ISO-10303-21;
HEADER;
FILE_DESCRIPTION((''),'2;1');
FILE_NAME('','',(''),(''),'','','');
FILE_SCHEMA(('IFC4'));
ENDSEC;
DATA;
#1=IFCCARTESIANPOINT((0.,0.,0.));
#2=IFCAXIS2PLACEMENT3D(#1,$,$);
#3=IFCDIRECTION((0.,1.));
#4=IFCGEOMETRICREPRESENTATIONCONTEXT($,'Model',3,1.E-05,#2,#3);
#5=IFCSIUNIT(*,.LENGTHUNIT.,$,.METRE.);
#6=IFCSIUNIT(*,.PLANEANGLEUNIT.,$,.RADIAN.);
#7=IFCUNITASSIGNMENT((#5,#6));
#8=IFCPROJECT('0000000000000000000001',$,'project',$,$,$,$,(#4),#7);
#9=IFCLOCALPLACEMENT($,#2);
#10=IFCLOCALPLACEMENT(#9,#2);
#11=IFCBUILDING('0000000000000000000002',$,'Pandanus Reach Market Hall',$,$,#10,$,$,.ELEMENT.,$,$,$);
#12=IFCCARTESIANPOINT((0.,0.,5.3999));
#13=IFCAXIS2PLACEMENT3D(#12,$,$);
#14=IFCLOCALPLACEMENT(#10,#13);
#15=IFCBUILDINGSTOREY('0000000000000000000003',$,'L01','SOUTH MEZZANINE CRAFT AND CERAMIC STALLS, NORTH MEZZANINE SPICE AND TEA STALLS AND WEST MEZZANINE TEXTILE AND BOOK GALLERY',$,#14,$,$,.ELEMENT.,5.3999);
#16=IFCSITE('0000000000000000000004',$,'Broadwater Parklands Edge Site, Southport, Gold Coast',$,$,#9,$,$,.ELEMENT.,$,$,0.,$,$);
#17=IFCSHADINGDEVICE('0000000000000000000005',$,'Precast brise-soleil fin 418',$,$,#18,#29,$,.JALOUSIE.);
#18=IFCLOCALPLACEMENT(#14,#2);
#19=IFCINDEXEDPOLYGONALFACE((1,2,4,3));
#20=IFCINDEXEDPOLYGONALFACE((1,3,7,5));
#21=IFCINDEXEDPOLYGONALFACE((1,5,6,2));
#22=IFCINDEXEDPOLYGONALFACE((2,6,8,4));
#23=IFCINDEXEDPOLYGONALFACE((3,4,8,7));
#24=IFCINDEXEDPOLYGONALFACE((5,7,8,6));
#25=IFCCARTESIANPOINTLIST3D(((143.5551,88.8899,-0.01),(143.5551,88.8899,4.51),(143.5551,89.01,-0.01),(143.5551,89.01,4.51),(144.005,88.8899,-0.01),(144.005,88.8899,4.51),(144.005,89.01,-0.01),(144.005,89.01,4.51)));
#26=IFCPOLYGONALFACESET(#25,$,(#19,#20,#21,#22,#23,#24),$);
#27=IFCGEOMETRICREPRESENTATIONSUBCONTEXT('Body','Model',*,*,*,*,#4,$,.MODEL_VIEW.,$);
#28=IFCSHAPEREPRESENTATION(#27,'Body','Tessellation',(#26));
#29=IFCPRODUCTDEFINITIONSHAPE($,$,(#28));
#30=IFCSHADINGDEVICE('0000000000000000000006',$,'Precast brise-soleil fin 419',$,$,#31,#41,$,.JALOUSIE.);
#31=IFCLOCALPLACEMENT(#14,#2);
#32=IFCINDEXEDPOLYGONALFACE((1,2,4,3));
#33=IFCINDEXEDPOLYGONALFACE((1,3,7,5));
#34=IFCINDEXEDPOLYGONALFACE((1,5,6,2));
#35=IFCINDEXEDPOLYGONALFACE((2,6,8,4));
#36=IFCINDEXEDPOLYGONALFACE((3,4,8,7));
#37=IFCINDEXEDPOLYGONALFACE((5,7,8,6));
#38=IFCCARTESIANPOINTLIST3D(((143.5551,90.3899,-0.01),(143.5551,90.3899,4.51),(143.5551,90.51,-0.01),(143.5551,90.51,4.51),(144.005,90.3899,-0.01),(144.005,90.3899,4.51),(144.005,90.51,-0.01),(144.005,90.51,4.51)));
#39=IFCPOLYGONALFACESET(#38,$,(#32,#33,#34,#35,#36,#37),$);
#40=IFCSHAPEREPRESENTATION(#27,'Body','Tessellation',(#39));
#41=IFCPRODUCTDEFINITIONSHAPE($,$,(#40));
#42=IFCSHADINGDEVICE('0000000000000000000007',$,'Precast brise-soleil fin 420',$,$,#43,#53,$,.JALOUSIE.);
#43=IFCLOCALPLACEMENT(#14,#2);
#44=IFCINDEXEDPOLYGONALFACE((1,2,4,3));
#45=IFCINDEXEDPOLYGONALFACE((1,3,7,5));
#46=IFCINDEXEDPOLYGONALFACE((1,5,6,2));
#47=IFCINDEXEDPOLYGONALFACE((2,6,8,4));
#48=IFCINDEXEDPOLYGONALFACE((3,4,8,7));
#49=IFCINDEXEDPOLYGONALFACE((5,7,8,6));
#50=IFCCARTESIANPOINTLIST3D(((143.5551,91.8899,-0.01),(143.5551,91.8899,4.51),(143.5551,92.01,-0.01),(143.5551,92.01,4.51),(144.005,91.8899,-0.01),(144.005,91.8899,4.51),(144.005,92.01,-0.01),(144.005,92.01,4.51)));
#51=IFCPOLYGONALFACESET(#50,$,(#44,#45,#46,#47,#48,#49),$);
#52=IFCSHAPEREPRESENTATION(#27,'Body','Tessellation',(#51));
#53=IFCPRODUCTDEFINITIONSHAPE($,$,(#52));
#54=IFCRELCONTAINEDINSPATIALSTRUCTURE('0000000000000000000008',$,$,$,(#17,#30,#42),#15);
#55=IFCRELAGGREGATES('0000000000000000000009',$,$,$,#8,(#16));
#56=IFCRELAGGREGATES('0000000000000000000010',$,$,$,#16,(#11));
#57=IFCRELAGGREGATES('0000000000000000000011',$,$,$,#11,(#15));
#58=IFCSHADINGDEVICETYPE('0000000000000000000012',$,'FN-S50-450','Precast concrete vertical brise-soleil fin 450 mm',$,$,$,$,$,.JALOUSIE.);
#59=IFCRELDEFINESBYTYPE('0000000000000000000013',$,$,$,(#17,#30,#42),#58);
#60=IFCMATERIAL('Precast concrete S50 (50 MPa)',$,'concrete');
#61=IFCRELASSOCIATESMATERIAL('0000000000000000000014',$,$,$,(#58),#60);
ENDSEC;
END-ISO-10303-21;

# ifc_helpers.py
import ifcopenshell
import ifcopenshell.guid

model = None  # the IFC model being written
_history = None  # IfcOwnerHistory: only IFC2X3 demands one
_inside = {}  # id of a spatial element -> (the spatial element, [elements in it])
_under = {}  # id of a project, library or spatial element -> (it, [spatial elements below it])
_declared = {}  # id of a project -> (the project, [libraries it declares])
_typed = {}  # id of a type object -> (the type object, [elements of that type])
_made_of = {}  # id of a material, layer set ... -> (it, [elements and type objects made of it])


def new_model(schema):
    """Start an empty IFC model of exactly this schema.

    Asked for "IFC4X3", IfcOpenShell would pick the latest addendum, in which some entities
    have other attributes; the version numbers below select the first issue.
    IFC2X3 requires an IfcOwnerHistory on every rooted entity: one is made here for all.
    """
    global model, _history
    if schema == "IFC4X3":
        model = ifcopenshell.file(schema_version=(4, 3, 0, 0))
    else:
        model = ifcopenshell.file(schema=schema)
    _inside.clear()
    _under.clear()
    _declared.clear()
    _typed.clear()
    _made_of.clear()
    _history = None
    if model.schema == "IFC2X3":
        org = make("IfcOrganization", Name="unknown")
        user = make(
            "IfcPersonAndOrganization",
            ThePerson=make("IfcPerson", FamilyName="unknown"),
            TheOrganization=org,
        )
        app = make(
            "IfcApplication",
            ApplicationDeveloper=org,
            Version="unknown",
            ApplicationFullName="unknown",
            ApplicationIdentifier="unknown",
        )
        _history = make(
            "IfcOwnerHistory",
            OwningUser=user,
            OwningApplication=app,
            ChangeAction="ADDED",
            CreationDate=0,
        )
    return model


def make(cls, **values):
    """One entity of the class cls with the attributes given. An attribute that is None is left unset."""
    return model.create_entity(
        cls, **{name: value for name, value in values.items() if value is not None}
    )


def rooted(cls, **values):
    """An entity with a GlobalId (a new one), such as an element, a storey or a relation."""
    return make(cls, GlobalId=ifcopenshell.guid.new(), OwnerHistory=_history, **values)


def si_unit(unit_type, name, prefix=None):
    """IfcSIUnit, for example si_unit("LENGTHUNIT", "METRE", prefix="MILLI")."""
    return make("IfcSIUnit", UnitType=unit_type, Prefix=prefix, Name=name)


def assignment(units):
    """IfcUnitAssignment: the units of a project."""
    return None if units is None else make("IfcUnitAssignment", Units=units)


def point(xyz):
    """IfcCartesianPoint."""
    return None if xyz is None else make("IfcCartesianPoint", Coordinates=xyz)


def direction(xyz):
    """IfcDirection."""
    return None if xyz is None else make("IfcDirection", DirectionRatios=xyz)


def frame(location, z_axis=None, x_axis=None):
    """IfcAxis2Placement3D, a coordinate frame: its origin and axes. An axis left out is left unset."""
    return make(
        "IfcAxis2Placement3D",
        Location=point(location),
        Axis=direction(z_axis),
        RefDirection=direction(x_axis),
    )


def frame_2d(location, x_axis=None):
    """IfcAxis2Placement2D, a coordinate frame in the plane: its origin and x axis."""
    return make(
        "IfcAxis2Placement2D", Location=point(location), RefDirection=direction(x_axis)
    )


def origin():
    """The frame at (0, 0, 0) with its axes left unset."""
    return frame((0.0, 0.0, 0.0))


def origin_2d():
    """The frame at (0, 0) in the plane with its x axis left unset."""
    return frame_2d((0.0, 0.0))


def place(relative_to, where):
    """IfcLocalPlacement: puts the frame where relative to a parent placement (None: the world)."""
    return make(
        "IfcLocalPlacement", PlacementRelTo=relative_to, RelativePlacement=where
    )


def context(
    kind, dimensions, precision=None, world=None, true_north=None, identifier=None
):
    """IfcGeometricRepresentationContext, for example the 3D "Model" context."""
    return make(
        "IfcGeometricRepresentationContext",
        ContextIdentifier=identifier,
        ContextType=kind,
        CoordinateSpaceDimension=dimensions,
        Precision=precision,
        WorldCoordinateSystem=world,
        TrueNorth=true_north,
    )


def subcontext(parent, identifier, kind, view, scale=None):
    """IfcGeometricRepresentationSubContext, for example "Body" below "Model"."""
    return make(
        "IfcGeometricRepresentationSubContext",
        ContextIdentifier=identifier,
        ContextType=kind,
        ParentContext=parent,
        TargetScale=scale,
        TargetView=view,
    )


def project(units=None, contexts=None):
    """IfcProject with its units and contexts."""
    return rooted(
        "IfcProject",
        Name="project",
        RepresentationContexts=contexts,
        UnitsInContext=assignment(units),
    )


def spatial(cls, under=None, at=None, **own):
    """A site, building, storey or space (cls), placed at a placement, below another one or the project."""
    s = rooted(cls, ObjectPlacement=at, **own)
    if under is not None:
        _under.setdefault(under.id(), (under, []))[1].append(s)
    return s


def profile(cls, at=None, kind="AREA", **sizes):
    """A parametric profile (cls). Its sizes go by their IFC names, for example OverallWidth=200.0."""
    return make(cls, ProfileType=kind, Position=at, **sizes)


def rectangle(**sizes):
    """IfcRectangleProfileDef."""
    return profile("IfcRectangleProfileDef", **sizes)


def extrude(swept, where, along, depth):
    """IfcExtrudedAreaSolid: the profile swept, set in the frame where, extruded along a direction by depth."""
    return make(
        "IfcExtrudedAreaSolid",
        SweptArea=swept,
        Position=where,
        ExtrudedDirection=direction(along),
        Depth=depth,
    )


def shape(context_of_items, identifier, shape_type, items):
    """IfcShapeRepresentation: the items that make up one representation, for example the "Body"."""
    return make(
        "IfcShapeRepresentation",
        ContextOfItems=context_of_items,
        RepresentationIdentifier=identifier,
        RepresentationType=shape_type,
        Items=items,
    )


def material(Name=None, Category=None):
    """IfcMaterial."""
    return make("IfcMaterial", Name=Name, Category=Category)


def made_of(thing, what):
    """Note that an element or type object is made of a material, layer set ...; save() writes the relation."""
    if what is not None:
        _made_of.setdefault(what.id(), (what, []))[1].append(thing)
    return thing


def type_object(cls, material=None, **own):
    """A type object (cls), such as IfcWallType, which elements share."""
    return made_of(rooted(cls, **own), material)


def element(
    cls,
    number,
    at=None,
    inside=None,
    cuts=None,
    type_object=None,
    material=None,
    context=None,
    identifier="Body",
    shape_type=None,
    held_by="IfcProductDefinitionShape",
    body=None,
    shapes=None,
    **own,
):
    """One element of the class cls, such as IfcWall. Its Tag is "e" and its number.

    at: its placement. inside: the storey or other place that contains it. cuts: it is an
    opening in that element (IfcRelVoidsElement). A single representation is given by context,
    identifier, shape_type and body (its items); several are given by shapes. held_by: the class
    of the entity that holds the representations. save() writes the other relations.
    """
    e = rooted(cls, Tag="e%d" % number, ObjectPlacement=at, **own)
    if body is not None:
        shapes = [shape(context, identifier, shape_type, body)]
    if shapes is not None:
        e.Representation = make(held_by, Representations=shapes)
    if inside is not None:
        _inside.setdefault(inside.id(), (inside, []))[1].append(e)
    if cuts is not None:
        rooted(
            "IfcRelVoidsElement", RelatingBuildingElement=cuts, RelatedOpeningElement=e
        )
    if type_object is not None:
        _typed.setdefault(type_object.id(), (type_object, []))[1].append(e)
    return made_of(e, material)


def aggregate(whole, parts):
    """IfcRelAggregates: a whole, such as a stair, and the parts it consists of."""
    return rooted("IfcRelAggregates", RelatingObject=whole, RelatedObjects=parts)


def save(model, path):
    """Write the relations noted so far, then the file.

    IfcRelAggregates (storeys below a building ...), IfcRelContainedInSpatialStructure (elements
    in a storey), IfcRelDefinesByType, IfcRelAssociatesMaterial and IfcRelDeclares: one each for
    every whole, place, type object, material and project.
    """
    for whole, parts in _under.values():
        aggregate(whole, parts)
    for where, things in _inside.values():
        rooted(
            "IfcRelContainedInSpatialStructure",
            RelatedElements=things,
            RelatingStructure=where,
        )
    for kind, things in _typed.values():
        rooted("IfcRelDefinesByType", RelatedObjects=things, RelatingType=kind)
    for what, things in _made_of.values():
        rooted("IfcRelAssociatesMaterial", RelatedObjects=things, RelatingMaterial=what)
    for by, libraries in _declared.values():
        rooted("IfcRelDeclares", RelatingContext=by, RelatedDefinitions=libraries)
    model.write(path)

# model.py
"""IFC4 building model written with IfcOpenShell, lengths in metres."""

from ifc_helpers import new_model, si_unit, direction, frame, origin, origin_2d, place, context, subcontext, project, spatial, rectangle, extrude, material, type_object, element, save


model = new_model("IFC4")

# Units and contexts
model_context = context("Model", 3, precision=1e-05, world=origin(), true_north=direction((0.0, 1.0)))
body_context = subcontext(model_context, "Body", "Model", "MODEL_VIEW")
ifc_project = project(units=[si_unit("LENGTHUNIT", "METRE"), si_unit("PLANEANGLEUNIT", "RADIAN")], contexts=[model_context])

# Site, building, storey
site_placement = place(None, origin())
site = spatial("IfcSite", under=ifc_project, at=site_placement, Name="Broadwater Parklands Edge Site, Southport, Gold Coast", CompositionType="ELEMENT", RefElevation=0.0)
building_placement = place(site_placement, origin())
building = spatial("IfcBuilding", under=site, at=building_placement, Name="Pandanus Reach Market Hall", CompositionType="ELEMENT")
storey_placement = place(building_placement, frame((0.0, 0.0, 5.3999)))
storey = spatial("IfcBuildingStorey", under=building, at=storey_placement, Name="L01", Description="SOUTH MEZZANINE CRAFT AND CERAMIC STALLS, NORTH MEZZANINE SPICE AND TEA STALLS AND WEST MEZZANINE TEXTILE AND BOOK GALLERY", CompositionType="ELEMENT", Elevation=5.3999)

# Shading devices
ifc_material_1 = material(Name="Precast concrete S50 (50 MPa)", Category="concrete")
shading_device_type = type_object("IfcShadingDeviceType", Name="FN-S50-450", Description="Precast concrete vertical brise-soleil fin 450 mm", PredefinedType="JALOUSIE", material=ifc_material_1)
for number, where, z_axis, x_axis, name in (
    (1, (143.78, 88.95, -0.01), (0.0, 0.0, 1.0), (-1.0, 0.0, 0.0), "Precast brise-soleil fin 418"),
    (2, (143.78, 90.45, -0.01), (0.0, 0.0, 1.0), (-1.0, 0.0, 0.0), "Precast brise-soleil fin 419"),
    (3, (143.78, 91.95, -0.01), (0.0, 0.0, 1.0), (-1.0, 0.0, 0.0), "Precast brise-soleil fin 420"),
):
    element("IfcShadingDevice", number, at=place(storey_placement, frame(where, z_axis=z_axis, x_axis=x_axis)), inside=storey, type_object=shading_device_type, Name=name, PredefinedType="JALOUSIE", context=body_context, shape_type="SweptSolid", body=[
        extrude(rectangle(XDim=0.45, YDim=0.1201, at=origin_2d()), origin(), (0.0, 0.0, 1.0), 4.52),
    ])

save(model, "model.ifc")
